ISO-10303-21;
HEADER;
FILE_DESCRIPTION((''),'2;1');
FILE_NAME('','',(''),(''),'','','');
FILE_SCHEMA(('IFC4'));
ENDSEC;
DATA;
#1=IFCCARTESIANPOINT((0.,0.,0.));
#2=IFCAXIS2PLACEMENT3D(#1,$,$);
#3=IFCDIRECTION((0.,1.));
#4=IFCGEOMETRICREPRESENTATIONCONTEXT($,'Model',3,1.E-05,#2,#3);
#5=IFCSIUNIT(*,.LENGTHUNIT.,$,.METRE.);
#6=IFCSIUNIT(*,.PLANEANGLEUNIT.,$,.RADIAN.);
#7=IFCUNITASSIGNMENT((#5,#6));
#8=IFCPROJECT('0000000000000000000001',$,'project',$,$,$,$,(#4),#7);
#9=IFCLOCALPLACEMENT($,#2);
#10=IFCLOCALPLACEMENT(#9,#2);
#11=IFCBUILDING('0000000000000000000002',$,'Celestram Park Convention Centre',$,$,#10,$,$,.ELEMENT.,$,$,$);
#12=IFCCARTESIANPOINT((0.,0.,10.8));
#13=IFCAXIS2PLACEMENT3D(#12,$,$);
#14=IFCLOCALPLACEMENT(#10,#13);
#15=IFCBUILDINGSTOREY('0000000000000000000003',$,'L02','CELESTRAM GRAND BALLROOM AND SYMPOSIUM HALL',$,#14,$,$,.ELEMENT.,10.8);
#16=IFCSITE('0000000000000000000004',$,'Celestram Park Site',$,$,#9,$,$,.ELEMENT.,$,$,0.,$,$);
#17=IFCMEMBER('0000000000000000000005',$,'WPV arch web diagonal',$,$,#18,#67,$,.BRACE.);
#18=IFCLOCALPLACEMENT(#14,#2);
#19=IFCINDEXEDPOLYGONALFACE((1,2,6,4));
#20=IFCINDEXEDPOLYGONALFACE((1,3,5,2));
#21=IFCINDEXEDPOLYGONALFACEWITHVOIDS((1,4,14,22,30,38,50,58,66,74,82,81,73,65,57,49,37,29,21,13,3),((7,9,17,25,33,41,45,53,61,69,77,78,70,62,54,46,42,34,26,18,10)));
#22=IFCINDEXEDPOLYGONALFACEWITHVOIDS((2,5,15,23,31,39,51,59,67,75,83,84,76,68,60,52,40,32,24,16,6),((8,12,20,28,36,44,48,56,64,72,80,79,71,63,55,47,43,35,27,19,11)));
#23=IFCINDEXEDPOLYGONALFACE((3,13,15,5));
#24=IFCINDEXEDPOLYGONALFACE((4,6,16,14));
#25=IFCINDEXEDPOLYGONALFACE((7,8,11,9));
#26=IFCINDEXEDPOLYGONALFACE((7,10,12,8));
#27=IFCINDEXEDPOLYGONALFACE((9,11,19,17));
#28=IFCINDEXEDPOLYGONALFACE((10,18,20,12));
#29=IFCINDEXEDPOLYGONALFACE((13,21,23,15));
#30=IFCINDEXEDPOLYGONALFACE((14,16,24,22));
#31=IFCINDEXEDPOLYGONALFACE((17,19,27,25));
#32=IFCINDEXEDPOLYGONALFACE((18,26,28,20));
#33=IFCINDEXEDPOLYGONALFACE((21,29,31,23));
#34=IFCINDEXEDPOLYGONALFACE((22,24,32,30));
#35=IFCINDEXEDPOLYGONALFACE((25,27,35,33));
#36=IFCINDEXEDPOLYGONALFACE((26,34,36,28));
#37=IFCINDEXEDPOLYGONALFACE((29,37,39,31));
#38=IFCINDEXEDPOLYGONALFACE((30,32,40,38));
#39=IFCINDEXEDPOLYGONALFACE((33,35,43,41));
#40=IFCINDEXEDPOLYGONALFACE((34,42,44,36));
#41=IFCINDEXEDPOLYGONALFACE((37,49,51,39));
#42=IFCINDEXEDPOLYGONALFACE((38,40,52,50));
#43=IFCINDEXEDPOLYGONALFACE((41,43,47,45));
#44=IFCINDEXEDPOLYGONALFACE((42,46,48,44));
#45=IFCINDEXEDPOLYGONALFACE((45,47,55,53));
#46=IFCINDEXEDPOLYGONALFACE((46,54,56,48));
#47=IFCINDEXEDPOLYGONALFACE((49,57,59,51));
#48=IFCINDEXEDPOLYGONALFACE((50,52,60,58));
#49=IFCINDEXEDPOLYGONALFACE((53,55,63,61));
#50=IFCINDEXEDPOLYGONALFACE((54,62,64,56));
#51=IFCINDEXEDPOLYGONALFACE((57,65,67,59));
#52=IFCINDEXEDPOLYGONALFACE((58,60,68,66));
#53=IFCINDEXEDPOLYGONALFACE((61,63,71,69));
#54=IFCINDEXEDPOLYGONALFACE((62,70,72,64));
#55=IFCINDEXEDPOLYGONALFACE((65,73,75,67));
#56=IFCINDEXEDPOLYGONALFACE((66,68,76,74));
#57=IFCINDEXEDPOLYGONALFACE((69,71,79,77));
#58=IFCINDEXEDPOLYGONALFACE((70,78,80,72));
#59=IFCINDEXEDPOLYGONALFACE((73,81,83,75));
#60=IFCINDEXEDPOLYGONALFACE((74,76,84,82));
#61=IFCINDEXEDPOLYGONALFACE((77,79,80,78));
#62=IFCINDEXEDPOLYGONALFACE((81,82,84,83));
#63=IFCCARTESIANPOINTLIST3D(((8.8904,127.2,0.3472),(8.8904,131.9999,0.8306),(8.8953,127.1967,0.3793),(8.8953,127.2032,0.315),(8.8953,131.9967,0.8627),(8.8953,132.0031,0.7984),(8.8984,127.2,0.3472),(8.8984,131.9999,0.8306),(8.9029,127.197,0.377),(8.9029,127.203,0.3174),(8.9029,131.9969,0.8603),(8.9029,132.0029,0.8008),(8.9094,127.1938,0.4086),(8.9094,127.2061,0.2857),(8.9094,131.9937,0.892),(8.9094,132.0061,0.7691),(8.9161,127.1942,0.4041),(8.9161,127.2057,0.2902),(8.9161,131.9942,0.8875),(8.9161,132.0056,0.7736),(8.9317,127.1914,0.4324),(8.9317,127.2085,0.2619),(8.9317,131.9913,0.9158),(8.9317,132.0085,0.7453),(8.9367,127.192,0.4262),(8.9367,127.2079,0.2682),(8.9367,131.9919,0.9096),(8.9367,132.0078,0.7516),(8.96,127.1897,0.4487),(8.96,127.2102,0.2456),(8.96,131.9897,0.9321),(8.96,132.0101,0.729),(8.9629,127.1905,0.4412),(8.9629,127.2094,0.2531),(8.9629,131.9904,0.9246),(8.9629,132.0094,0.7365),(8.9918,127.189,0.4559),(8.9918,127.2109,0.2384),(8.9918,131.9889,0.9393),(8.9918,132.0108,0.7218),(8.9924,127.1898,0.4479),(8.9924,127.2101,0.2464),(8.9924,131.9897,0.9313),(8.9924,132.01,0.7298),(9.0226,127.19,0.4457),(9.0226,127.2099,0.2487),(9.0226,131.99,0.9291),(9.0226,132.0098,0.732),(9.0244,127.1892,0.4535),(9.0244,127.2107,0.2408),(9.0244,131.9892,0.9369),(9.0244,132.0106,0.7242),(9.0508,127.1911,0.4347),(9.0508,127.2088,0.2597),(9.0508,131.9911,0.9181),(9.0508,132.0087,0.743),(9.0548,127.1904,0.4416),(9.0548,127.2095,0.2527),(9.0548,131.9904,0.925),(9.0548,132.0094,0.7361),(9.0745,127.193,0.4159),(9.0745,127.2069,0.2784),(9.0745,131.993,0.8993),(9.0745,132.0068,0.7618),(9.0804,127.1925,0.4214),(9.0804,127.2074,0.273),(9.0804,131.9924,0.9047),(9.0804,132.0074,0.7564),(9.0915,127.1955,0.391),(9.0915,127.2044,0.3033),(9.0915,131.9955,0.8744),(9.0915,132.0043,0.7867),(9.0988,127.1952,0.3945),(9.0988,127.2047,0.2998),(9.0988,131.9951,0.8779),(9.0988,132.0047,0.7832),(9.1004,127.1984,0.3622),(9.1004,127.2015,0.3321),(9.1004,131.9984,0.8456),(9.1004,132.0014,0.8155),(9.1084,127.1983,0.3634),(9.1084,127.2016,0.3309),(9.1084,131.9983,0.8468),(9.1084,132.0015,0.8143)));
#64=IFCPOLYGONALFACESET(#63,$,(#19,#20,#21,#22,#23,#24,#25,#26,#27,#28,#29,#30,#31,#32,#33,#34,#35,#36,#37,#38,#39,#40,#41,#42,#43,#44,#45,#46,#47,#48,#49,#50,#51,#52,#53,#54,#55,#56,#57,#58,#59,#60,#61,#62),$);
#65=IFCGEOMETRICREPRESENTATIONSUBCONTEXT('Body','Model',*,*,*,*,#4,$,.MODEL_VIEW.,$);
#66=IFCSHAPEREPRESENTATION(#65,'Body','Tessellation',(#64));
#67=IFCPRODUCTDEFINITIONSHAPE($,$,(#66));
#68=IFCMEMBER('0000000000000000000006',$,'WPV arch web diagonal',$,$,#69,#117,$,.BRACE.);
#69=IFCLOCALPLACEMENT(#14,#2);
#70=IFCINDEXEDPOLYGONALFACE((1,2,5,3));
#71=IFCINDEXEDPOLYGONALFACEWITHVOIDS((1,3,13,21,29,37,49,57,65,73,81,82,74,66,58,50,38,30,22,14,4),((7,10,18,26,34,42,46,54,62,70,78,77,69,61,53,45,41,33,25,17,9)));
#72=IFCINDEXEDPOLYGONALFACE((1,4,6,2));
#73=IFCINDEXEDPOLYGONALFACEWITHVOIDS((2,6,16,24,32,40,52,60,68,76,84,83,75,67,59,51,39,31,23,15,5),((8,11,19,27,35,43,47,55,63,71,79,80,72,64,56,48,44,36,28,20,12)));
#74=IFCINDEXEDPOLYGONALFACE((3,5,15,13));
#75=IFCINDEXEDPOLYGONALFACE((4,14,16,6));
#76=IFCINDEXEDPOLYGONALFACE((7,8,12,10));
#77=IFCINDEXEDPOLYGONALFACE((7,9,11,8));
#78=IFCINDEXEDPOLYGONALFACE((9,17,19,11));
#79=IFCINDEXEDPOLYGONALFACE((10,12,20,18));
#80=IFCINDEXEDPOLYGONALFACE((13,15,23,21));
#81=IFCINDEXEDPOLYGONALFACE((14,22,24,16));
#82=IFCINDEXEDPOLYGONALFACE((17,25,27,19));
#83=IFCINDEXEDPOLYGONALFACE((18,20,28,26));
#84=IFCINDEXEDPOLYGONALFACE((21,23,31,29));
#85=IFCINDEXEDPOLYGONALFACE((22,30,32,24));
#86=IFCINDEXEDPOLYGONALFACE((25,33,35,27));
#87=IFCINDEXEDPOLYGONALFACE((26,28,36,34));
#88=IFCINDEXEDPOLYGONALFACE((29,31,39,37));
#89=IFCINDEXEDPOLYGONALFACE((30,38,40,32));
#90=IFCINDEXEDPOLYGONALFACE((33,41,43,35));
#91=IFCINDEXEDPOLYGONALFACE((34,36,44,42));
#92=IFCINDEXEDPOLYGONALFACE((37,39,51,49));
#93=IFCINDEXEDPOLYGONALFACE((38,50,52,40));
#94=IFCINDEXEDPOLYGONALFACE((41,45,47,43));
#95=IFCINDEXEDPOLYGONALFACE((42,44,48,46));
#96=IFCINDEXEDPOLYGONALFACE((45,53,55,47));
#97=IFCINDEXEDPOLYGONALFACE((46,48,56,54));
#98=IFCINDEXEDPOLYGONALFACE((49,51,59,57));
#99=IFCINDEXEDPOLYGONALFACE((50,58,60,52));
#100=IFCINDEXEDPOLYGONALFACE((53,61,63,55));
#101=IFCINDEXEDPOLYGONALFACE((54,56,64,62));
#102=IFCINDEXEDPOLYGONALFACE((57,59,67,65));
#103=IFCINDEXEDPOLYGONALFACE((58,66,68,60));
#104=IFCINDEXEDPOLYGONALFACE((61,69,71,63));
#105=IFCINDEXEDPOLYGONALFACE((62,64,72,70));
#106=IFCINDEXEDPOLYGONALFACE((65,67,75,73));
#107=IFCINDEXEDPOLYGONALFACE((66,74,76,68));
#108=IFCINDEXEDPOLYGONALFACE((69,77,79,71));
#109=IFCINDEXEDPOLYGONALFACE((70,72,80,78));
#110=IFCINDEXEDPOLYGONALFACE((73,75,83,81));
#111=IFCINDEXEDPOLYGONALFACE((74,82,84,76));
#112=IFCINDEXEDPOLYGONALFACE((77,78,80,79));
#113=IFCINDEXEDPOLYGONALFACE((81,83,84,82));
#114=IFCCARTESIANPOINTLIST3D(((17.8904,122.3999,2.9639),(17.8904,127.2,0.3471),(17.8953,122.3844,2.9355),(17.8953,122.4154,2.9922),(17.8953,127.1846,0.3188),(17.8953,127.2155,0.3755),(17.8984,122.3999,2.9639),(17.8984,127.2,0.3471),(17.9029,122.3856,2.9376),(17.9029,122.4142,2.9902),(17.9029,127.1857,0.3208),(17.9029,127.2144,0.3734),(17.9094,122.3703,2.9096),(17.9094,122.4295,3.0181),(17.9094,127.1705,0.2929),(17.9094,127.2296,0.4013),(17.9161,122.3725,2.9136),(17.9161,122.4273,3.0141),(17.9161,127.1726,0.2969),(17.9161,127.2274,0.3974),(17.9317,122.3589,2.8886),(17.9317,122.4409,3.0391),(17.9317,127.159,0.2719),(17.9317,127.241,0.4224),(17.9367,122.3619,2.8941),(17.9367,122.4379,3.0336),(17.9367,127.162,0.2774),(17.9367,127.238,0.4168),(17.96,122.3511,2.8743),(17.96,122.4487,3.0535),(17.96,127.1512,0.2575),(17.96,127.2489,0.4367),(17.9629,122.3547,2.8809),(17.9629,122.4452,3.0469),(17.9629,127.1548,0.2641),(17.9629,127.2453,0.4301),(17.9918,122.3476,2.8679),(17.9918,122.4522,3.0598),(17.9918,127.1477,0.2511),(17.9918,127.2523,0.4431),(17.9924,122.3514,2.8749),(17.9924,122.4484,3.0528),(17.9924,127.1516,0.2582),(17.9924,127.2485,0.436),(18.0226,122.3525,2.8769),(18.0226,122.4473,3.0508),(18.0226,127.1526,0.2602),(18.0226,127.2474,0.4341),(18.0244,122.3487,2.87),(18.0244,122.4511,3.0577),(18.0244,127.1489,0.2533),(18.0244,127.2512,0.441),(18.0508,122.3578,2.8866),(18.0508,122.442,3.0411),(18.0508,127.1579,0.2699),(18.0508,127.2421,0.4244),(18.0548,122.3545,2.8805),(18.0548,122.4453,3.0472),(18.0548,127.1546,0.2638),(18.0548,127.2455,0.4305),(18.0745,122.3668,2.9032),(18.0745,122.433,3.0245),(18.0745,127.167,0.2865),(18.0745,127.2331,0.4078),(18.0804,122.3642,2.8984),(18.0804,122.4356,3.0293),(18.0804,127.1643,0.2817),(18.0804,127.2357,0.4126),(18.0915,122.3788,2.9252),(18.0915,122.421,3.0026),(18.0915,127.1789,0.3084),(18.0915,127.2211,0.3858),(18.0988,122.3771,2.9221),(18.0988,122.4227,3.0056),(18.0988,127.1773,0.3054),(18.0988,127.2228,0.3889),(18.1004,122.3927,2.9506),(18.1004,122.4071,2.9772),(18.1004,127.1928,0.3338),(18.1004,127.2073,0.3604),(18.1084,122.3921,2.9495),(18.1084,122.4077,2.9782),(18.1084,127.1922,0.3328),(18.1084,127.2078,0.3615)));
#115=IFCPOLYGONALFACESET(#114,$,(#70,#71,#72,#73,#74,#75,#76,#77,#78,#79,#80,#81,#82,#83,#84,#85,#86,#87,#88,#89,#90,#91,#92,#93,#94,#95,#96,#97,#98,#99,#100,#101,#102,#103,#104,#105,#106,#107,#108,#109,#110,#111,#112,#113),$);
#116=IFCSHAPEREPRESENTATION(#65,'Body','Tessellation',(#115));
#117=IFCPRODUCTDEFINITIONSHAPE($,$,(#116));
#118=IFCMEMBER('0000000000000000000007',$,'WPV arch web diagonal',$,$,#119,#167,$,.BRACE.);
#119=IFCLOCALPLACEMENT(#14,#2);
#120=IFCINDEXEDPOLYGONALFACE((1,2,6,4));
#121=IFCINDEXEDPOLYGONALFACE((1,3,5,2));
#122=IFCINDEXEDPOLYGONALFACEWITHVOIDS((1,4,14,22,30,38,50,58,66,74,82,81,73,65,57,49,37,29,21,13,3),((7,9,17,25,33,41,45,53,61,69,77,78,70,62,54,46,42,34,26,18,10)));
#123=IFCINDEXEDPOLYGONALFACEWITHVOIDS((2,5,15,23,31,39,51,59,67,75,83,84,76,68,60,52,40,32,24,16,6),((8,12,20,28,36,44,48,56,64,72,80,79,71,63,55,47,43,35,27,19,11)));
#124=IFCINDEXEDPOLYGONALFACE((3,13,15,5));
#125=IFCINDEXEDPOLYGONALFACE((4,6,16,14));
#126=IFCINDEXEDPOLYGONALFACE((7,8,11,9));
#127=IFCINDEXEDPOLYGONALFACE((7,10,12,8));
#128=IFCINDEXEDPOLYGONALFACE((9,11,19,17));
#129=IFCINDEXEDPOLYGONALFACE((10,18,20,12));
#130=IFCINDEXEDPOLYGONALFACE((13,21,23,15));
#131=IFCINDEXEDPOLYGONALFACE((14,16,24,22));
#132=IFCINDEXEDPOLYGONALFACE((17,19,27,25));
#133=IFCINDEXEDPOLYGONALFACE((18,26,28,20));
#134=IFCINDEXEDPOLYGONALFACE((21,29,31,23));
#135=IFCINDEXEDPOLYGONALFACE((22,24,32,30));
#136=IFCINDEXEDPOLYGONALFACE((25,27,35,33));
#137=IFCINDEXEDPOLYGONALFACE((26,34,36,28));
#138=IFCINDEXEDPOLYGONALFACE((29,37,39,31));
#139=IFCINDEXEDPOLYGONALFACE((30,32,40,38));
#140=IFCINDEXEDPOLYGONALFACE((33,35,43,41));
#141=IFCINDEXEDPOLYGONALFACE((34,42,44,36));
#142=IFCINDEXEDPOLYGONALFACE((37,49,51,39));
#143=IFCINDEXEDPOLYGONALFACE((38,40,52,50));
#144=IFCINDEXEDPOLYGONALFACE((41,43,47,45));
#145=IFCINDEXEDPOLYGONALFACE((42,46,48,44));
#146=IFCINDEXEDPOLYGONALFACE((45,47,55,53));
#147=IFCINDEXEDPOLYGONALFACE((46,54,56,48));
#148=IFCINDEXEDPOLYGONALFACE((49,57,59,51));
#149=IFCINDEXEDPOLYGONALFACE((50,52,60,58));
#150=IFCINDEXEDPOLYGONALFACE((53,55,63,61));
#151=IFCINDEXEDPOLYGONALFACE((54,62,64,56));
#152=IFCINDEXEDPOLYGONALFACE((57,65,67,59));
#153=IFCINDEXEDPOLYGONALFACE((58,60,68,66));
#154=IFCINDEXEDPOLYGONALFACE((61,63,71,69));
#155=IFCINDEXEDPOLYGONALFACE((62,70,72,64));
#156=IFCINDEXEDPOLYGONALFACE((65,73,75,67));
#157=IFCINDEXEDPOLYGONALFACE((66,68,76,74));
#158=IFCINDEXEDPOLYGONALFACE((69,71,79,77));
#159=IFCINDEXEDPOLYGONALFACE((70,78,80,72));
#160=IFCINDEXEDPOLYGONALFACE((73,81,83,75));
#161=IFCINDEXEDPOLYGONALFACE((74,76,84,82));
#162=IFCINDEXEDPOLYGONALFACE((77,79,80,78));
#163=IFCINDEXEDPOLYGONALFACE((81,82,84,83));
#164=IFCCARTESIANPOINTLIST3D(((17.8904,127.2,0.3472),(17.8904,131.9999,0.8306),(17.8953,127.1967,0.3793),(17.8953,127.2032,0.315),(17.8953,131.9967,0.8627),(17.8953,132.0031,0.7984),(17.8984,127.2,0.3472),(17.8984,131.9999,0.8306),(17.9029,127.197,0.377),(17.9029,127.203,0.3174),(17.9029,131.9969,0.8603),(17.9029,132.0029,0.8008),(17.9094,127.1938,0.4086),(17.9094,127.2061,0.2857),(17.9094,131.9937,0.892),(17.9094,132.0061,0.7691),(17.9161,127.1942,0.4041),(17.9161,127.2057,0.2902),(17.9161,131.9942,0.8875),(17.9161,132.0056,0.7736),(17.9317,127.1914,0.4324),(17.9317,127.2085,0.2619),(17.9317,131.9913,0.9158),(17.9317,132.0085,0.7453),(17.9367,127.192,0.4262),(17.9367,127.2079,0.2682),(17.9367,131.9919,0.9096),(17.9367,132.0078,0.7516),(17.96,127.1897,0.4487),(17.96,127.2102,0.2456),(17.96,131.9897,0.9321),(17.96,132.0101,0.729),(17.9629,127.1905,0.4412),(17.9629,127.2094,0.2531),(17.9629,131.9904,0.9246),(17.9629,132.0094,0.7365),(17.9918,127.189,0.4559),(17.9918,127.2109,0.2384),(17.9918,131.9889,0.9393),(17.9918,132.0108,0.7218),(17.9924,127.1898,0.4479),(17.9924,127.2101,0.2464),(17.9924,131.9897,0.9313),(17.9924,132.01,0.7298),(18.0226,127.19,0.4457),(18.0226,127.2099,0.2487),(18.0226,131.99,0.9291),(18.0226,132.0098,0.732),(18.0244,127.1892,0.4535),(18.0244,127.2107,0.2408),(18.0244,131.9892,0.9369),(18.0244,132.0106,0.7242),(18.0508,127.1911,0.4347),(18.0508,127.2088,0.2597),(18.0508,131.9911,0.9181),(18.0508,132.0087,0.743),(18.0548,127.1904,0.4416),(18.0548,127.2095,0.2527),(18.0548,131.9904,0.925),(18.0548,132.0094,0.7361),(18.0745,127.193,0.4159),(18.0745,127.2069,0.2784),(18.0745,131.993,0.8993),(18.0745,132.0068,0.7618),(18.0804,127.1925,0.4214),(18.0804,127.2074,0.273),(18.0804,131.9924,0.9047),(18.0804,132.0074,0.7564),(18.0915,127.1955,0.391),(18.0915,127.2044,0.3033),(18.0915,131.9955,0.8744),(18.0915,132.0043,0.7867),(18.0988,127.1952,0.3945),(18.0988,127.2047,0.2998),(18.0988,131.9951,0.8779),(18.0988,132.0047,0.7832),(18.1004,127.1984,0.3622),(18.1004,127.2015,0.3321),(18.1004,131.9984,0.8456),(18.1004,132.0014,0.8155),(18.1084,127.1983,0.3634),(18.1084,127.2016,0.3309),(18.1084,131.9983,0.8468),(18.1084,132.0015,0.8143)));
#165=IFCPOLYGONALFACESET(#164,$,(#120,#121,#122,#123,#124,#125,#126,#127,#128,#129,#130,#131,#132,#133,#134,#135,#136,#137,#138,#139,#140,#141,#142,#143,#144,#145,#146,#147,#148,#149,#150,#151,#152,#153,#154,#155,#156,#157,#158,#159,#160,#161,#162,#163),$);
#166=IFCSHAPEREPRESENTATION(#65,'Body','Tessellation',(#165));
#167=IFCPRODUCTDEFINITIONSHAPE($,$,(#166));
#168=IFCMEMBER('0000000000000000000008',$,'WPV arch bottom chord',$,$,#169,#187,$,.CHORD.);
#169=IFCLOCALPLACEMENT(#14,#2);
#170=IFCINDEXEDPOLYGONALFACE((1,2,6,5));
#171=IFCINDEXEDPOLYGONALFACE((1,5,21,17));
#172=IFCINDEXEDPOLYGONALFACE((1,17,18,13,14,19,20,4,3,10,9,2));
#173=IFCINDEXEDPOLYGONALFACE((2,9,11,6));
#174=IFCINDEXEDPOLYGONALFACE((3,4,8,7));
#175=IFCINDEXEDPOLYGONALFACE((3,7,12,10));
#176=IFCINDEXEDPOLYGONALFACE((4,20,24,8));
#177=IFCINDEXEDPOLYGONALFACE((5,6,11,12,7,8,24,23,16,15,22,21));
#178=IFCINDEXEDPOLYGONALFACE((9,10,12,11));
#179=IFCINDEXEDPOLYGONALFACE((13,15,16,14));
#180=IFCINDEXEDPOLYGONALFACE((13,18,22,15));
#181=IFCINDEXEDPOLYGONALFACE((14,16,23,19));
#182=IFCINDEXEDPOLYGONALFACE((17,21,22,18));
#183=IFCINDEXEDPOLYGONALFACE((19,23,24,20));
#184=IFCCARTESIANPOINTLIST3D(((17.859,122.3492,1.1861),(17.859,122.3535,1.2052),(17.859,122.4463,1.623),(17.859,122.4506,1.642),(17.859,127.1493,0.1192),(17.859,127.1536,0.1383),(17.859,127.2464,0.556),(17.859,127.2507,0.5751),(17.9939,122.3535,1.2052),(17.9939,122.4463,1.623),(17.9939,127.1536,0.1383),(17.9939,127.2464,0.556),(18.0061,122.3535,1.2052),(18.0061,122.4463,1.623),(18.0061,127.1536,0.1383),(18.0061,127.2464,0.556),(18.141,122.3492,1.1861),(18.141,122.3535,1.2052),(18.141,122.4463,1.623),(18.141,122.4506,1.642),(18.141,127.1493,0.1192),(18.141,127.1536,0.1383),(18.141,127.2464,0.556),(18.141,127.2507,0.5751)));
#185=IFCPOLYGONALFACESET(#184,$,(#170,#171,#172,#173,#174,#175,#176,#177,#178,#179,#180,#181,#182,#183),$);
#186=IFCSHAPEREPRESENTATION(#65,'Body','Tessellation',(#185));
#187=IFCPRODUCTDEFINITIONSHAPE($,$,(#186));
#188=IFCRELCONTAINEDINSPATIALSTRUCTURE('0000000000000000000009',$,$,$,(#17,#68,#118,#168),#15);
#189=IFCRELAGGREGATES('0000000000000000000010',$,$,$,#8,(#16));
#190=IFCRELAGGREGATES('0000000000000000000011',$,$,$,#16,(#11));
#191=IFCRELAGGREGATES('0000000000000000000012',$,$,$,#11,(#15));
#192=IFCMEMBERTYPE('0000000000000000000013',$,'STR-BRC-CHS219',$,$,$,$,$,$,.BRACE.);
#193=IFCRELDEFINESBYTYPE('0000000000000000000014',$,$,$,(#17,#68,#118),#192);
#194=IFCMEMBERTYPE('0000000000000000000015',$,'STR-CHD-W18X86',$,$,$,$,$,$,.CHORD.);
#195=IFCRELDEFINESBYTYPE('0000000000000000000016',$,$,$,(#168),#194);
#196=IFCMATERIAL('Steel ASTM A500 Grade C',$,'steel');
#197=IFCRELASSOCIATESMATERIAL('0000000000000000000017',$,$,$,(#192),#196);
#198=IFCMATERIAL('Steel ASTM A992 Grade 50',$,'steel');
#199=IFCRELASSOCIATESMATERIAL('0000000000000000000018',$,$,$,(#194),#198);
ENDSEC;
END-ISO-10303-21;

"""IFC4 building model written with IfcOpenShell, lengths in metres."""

from ifc_helpers import new_model, si_unit, direction, frame, origin, origin_2d, place, context, subcontext, project, spatial, hollow_circle, i_section, extrude, material, material_profile, profile_set, type_object, element, save


model = new_model("IFC4")

# Units and contexts
model_context = context("Model", 3, precision=1e-05, world=origin(), true_north=direction((0.0, 1.0)))
body_context = subcontext(model_context, "Body", "Model", "MODEL_VIEW")
ifc_project = project(units=[si_unit("LENGTHUNIT", "METRE"), si_unit("PLANEANGLEUNIT", "RADIAN")], contexts=[model_context])

# Site, building, storey
site_placement = place(None, origin())
site = spatial("IfcSite", under=ifc_project, at=site_placement, Name="Celestram Park Site", CompositionType="ELEMENT", RefElevation=0.0)
building_placement = place(site_placement, origin())
building = spatial("IfcBuilding", under=site, at=building_placement, Name="Celestram Park Convention Centre", CompositionType="ELEMENT")
storey_placement = place(building_placement, frame((0.0, 0.0, 10.8)))
storey = spatial("IfcBuildingStorey", under=building, at=storey_placement, Name="L02", Description="CELESTRAM GRAND BALLROOM AND SYMPOSIUM HALL", CompositionType="ELEMENT", Elevation=10.8)

# Members
ifc_material_1 = material(Name="Steel ASTM A500 Grade C", Category="steel")
ifc_material_profile_1 = material_profile(ifc_material_1, hollow_circle(Radius=0.1096, WallThickness=0.0081, at=origin_2d()), Name="CHS219X8")
ifc_profile_set_1 = profile_set([ifc_material_profile_1], Name="Steel ASTM A500 Grade C")
member_type_1 = type_object("IfcMemberType", Name="STR-BRC-CHS219", PredefinedType="BRACE", material=ifc_profile_set_1)
member_1_placement = place(storey_placement, frame((9.0, 127.2, 0.3472), z_axis=(0.0, 0.994967, 0.1002), x_axis=(-1.0, 0.0, 0.0)))
element("IfcMember", 1, at=member_1_placement, inside=storey, type_object=member_type_1, Name="WPV arch web diagonal", PredefinedType="BRACE", context=body_context, shape_type="SweptSolid", body=[
    extrude(hollow_circle(Radius=0.1096, WallThickness=0.0081, at=origin_2d()), origin(), (0.0, 0.0, 1.0), 4.8242),
])
member_2_placement = place(storey_placement, frame((18.0, 122.3999, 2.9639), z_axis=(0.0, 0.878012, -0.478639), x_axis=(-1.0, 0.0, 0.0)))
element("IfcMember", 2, at=member_2_placement, inside=storey, type_object=member_type_1, Name="WPV arch web diagonal", PredefinedType="BRACE", context=body_context, shape_type="SweptSolid", body=[
    extrude(hollow_circle(Radius=0.1096, WallThickness=0.0081, at=origin_2d()), origin(), (0.0, 0.0, 1.0), 5.467),
])
member_3_placement = place(storey_placement, frame((18.0, 127.2, 0.3472), z_axis=(0.0, 0.994967, 0.1002), x_axis=(-1.0, 0.0, 0.0)))
element("IfcMember", 3, at=member_3_placement, inside=storey, type_object=member_type_1, Name="WPV arch web diagonal", PredefinedType="BRACE", context=body_context, shape_type="SweptSolid", body=[
    extrude(hollow_circle(Radius=0.1096, WallThickness=0.0081, at=origin_2d()), origin(), (0.0, 0.0, 1.0), 4.8242),
])
ifc_material_2 = material(Name="Steel ASTM A992 Grade 50", Category="steel")
ifc_material_profile_2 = material_profile(ifc_material_2, i_section(OverallWidth=0.282, OverallDepth=0.467, WebThickness=0.0122, FlangeThickness=0.0195, at=origin_2d()), Name="W18X86")
ifc_profile_set_2 = profile_set([ifc_material_profile_2], Name="Steel ASTM A992 Grade 50")
member_type_2 = type_object("IfcMemberType", Name="STR-CHD-W18X86", PredefinedType="CHORD", material=ifc_profile_set_2)
member_4_placement = place(storey_placement, frame((18.0, 122.3999, 1.4141), z_axis=(0.0, 0.976178, -0.216973), x_axis=(-1.0, 0.0, 0.0)))
element("IfcMember", 4, at=member_4_placement, inside=storey, type_object=member_type_2, Name="WPV arch bottom chord", PredefinedType="CHORD", context=body_context, shape_type="SweptSolid", body=[
    extrude(i_section(OverallWidth=0.282, OverallDepth=0.467, WebThickness=0.0122, FlangeThickness=0.0195, at=origin_2d()), origin(), (0.0, 0.0, 1.0), 4.9172),
])

save(model, "model.ifc")
